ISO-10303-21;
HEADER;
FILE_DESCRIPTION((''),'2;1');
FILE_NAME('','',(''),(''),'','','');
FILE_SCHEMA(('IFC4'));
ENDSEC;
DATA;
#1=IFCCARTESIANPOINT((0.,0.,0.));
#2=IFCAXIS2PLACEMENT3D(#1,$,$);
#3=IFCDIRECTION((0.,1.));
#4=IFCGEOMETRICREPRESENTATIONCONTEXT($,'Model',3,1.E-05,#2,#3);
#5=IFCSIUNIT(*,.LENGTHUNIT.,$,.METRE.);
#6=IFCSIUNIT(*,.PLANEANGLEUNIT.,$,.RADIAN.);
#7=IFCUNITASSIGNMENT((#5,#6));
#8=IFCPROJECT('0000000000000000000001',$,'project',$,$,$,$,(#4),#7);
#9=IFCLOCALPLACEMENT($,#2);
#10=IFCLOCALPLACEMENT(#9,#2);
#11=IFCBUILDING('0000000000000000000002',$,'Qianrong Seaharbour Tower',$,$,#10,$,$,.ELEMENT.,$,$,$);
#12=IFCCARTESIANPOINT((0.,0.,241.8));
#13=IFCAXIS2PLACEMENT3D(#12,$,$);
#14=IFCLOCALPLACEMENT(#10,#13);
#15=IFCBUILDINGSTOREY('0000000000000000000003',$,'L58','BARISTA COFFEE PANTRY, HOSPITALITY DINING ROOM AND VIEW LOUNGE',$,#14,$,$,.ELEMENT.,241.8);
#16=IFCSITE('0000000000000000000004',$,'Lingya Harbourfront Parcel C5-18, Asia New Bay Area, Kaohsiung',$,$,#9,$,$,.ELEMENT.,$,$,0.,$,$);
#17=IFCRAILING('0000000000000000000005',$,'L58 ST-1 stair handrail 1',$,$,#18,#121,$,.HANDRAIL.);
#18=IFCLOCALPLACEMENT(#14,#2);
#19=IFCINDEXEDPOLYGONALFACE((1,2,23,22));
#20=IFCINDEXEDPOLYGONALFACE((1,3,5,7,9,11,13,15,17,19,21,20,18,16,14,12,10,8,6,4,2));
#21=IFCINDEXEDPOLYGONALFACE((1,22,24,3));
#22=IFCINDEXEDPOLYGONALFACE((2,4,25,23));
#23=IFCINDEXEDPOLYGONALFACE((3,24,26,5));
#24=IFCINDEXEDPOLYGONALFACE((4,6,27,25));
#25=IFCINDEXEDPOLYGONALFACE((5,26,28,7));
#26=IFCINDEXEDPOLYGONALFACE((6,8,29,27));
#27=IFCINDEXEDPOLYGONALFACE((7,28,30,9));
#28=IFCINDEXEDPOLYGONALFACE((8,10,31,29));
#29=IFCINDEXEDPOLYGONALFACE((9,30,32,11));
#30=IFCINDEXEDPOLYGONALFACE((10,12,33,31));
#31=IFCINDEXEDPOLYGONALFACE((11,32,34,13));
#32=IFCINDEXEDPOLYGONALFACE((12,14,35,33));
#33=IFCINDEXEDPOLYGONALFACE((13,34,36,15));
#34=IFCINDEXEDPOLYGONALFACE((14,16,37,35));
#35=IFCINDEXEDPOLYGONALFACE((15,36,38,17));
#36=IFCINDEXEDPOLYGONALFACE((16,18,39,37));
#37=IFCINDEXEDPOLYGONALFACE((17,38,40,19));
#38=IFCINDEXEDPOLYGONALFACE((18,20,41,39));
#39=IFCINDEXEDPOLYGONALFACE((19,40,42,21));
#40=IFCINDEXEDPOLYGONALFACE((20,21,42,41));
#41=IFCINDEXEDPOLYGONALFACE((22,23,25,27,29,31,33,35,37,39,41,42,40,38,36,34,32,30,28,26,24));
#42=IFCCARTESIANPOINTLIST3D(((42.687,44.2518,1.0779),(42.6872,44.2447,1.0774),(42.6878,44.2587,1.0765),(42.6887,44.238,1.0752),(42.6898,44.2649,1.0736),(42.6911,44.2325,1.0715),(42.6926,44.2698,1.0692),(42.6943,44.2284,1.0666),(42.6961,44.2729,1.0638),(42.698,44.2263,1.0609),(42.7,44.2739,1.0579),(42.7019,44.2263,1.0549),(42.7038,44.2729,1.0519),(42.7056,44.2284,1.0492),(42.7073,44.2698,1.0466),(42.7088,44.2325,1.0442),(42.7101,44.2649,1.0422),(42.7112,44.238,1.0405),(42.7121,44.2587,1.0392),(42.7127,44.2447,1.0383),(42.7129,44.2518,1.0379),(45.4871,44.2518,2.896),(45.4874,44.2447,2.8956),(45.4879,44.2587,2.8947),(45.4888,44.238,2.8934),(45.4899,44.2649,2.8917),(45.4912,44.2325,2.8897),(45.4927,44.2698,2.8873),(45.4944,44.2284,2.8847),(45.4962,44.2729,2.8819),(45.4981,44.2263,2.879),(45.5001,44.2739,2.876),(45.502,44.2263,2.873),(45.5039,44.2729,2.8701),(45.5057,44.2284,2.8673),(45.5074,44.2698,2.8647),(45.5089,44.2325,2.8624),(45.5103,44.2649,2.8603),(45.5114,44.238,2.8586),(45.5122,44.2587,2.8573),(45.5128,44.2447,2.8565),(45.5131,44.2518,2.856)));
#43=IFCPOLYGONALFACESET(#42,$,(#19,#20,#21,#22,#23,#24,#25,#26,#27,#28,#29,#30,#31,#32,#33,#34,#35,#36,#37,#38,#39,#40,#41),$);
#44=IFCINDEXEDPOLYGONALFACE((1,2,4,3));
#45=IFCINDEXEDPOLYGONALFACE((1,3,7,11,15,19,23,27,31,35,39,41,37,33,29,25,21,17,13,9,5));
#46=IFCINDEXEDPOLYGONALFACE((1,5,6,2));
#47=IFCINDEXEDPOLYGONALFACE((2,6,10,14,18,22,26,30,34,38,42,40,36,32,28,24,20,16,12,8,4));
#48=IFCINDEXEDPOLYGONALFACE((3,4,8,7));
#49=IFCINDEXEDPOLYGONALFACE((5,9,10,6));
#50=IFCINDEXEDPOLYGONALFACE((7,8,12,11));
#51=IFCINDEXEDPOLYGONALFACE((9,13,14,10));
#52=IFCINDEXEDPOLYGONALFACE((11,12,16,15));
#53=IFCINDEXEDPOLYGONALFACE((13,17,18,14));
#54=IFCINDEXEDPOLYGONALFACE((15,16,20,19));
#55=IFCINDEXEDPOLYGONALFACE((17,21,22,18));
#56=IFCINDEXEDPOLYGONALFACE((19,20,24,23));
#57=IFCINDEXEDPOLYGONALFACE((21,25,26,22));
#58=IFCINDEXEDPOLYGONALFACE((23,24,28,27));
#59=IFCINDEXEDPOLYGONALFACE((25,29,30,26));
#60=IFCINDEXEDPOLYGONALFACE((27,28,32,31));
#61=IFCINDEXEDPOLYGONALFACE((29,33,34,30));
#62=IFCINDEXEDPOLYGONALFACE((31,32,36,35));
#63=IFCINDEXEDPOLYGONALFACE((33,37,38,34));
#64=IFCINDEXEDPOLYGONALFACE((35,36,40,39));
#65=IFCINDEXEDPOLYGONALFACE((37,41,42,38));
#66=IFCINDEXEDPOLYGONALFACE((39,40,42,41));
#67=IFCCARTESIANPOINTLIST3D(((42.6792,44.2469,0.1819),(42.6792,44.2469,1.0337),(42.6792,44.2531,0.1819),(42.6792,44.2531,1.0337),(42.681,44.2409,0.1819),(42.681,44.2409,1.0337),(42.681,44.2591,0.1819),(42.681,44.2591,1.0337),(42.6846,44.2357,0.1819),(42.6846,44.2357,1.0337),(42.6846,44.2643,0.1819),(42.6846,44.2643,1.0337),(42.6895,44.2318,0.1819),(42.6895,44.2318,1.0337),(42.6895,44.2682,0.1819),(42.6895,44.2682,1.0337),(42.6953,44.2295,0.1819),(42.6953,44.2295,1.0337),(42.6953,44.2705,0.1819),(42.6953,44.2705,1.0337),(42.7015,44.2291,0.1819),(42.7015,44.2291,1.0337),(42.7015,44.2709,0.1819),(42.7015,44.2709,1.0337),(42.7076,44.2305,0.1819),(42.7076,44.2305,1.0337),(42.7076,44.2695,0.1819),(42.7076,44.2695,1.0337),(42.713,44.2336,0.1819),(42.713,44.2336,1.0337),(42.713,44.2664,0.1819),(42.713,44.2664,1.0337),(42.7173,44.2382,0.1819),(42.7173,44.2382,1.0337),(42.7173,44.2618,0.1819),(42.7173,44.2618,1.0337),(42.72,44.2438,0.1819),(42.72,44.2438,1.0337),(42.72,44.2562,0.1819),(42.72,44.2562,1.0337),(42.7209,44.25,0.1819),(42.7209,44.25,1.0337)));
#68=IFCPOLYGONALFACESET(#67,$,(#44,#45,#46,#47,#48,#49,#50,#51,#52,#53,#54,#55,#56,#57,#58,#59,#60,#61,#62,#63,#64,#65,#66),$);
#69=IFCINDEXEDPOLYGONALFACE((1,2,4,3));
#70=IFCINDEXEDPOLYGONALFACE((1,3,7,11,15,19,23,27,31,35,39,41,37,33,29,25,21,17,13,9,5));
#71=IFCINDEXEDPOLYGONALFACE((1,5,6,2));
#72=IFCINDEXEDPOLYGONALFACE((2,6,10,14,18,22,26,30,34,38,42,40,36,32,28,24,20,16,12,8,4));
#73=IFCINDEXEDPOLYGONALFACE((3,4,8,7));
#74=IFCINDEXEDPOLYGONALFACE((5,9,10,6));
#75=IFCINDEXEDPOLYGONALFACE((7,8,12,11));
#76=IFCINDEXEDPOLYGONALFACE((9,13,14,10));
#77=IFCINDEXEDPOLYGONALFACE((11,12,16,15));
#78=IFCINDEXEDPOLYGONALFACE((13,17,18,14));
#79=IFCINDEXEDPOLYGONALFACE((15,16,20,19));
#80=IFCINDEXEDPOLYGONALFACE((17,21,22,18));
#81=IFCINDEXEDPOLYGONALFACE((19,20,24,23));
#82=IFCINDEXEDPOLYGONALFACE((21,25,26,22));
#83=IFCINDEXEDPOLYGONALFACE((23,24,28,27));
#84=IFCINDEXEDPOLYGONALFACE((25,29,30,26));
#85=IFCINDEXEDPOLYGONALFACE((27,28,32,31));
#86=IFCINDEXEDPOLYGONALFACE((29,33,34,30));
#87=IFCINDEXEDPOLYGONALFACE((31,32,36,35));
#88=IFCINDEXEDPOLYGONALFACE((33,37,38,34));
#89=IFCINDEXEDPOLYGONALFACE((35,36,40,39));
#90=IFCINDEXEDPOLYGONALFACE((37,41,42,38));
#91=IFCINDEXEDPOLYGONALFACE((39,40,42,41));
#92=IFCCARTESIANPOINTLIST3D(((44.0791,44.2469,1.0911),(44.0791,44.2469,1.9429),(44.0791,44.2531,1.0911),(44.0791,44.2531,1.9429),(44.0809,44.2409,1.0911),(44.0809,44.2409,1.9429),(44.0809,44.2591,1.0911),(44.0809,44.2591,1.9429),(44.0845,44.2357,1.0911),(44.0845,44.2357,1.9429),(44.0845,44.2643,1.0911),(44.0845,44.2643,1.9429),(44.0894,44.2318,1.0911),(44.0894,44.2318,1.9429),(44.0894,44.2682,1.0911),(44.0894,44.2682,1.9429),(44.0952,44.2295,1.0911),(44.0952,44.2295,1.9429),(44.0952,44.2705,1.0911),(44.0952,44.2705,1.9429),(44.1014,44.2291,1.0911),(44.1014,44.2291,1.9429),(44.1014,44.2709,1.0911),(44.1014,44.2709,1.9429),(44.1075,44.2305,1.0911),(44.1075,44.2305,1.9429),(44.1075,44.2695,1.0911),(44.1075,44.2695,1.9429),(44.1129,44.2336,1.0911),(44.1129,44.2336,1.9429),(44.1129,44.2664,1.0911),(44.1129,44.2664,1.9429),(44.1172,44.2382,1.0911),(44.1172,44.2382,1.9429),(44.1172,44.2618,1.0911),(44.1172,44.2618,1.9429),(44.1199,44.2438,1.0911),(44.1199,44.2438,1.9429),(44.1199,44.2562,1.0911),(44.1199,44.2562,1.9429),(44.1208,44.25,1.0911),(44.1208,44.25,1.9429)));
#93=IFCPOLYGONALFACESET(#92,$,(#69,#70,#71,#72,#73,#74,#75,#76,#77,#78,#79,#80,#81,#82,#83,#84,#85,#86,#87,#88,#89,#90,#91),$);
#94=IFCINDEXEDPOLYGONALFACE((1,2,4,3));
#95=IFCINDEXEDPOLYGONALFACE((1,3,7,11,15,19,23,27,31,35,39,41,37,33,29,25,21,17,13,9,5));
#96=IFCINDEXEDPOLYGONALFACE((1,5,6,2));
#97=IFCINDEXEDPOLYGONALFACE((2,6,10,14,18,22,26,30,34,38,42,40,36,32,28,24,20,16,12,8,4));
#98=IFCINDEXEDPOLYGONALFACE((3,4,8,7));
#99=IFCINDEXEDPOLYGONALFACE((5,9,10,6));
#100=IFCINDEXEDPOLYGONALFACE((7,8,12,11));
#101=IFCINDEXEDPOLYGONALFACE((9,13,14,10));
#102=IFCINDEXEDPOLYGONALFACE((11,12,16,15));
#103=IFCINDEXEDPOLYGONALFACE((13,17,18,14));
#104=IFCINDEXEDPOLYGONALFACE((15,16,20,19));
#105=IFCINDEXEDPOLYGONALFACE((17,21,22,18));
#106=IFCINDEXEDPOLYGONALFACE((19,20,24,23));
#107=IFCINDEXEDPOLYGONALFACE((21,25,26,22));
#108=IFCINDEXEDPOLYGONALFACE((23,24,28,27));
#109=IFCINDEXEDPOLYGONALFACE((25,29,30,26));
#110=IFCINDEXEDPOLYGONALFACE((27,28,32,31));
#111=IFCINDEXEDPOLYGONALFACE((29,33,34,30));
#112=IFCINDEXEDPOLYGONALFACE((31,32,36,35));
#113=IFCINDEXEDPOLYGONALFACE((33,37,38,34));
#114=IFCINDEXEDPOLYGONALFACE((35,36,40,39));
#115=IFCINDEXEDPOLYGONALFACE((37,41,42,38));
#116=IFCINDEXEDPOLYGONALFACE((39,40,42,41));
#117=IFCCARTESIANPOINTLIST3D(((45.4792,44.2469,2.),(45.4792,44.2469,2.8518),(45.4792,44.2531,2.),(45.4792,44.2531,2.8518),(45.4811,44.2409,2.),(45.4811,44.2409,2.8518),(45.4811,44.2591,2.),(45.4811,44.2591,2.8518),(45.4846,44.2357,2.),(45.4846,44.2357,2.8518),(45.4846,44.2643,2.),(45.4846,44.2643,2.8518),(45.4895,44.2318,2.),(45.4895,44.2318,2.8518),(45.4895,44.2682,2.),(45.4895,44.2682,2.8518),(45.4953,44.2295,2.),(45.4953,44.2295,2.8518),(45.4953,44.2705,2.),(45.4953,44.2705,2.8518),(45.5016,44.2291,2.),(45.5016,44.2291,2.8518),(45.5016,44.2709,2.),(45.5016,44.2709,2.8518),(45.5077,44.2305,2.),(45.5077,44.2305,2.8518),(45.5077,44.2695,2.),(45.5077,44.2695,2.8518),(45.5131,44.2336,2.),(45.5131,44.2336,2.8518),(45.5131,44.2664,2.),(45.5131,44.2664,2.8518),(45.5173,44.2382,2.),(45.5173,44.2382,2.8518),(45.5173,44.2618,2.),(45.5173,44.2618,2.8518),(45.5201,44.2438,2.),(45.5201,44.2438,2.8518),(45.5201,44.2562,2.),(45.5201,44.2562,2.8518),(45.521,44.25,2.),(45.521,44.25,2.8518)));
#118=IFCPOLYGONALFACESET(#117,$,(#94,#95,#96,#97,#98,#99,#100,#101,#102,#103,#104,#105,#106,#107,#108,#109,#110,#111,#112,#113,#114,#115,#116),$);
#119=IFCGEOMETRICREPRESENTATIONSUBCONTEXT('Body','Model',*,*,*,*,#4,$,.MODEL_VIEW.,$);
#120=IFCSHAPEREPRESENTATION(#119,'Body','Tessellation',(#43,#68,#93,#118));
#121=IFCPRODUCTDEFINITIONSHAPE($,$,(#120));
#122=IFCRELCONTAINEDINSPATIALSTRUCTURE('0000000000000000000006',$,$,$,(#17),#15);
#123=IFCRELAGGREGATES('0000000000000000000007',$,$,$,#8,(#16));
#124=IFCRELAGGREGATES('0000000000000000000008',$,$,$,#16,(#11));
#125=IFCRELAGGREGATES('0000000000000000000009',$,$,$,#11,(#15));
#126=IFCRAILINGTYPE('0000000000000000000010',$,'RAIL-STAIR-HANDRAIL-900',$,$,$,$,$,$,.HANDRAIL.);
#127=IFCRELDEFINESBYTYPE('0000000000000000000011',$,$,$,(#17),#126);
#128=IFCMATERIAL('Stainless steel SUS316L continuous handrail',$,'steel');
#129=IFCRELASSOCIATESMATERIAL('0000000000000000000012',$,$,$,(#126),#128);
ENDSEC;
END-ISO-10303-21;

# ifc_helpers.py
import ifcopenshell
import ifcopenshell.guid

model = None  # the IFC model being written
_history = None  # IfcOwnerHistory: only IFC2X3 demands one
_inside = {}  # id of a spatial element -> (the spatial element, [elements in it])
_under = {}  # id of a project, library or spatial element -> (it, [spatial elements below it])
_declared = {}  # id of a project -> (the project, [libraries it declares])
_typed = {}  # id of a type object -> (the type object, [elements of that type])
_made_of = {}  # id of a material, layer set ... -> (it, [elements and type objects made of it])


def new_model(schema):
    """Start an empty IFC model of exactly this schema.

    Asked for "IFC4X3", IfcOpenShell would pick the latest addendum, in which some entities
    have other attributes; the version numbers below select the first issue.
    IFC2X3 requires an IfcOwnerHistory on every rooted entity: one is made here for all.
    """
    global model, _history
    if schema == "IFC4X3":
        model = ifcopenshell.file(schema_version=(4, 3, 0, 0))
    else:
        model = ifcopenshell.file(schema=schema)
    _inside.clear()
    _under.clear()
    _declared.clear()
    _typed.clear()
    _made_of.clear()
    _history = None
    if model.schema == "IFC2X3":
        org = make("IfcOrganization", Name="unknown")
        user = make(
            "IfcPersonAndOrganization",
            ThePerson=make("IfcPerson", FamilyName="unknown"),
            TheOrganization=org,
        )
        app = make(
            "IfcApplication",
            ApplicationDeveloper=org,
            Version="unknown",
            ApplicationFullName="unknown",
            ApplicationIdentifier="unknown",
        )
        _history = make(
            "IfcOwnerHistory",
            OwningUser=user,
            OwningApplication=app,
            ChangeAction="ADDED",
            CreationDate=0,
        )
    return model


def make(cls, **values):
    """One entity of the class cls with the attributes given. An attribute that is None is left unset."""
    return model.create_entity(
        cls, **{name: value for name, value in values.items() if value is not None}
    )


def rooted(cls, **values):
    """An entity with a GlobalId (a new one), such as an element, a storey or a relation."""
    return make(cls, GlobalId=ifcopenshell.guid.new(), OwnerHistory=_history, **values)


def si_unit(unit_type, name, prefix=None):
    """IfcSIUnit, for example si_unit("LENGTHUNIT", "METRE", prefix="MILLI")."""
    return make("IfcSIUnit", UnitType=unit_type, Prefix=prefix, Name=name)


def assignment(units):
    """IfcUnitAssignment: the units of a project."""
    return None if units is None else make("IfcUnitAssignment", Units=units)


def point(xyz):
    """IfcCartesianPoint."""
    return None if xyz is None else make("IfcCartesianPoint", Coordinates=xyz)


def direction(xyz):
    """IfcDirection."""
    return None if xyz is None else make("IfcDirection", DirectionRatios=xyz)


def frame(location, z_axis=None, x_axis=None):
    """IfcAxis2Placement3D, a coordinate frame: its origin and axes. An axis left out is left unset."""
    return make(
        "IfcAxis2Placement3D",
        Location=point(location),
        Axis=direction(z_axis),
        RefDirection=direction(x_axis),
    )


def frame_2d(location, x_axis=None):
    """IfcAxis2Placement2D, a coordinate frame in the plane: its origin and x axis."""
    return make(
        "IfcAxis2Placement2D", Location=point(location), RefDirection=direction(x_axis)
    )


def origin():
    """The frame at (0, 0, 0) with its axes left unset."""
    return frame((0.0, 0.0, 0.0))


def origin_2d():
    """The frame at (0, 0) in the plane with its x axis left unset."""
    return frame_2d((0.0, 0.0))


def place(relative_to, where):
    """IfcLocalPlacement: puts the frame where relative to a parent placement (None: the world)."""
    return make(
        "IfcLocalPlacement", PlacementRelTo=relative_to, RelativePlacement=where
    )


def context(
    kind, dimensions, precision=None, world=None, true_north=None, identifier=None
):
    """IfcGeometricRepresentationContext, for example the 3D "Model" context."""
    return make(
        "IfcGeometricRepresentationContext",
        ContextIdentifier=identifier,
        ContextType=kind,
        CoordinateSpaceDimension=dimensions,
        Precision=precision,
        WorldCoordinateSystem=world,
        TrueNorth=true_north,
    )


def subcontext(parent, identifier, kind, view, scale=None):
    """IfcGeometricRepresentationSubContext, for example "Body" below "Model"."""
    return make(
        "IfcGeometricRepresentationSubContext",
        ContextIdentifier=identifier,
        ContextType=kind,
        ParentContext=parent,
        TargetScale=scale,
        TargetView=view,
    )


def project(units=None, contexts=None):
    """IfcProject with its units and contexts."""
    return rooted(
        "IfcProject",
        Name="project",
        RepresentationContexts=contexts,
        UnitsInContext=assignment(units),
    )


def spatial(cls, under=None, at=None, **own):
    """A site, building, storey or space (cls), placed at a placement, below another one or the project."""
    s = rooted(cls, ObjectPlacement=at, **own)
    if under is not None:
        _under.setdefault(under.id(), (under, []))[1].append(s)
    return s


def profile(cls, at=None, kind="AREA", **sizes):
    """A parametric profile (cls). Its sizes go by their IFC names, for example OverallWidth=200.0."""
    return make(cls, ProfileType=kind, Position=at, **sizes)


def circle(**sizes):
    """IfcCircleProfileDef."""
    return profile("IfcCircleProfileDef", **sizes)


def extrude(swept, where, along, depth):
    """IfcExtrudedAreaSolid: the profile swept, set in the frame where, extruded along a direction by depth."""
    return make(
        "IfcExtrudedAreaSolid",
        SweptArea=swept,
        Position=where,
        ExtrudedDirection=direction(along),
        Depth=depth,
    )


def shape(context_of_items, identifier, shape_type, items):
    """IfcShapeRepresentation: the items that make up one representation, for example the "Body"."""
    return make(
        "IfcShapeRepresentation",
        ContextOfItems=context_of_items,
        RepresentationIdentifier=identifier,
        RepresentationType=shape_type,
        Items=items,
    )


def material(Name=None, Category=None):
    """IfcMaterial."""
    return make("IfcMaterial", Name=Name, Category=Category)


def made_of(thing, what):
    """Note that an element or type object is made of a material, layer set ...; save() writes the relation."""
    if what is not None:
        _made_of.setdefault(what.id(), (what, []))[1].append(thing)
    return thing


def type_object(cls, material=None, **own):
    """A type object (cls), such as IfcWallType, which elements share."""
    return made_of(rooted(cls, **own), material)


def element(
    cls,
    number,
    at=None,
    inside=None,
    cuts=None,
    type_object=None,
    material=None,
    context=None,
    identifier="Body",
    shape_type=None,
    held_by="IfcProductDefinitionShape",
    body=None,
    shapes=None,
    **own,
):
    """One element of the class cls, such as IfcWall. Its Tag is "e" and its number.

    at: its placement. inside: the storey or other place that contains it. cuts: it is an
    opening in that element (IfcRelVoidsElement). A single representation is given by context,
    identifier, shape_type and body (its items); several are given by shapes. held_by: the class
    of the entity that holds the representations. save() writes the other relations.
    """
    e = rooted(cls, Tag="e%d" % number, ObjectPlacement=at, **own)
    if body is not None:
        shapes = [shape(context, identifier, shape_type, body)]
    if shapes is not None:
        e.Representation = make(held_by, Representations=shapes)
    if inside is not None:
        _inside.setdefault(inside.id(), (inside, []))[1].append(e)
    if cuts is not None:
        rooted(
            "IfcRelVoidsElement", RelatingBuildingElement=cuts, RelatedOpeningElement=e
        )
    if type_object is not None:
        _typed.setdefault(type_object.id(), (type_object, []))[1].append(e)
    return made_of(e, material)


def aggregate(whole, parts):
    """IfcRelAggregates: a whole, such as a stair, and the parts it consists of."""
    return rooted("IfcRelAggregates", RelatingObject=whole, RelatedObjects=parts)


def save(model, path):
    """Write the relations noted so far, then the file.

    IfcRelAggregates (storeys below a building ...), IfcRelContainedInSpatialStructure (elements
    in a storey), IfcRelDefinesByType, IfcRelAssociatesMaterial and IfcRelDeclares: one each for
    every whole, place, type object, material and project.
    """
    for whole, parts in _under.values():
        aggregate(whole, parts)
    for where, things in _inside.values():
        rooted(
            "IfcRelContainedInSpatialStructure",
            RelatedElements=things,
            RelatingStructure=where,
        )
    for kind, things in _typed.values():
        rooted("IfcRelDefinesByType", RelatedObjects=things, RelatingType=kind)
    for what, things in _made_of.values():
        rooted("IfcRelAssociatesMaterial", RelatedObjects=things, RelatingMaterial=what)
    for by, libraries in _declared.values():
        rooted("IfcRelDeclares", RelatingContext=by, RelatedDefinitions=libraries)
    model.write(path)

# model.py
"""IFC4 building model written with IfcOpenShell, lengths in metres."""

from ifc_helpers import new_model, si_unit, direction, frame, origin, origin_2d, place, context, subcontext, project, spatial, circle, extrude, material, type_object, element, save


model = new_model("IFC4")

# Units and contexts
model_context = context("Model", 3, precision=1e-05, world=origin(), true_north=direction((0.0, 1.0)))
body_context = subcontext(model_context, "Body", "Model", "MODEL_VIEW")
ifc_project = project(units=[si_unit("LENGTHUNIT", "METRE"), si_unit("PLANEANGLEUNIT", "RADIAN")], contexts=[model_context])

# Site, building, storey
site_placement = place(None, origin())
site = spatial("IfcSite", under=ifc_project, at=site_placement, Name="Lingya Harbourfront Parcel C5-18, Asia New Bay Area, Kaohsiung", CompositionType="ELEMENT", RefElevation=0.0)
building_placement = place(site_placement, origin())
building = spatial("IfcBuilding", under=site, at=building_placement, Name="Qianrong Seaharbour Tower", CompositionType="ELEMENT")
storey_placement = place(building_placement, frame((0.0, 0.0, 241.8)))
storey = spatial("IfcBuildingStorey", under=building, at=storey_placement, Name="L58", Description="BARISTA COFFEE PANTRY, HOSPITALITY DINING ROOM AND VIEW LOUNGE", CompositionType="ELEMENT", Elevation=241.8)

# Railing
ifc_material_1 = material(Name="Stainless steel SUS316L continuous handrail", Category="steel")
railing_type_1 = type_object("IfcRailingType", Name="RAIL-STAIR-HANDRAIL-900", PredefinedType="HANDRAIL", material=ifc_material_1)
railing_1_placement = place(storey_placement, frame((42.7, 44.25, 0.1819)))
element("IfcRailing", 1, at=railing_1_placement, inside=storey, type_object=railing_type_1, Name="L58 ST-1 stair handrail 1", PredefinedType="HANDRAIL", context=body_context, shape_type="SweptSolid", body=[
    extrude(circle(Radius=0.0239, at=origin_2d()), frame((0.0, 0.0, 0.876), z_axis=(0.838706, 0.0, 0.544585), x_axis=(0.0, 1.0, 0.0)), (0.0, 0.0, 1.0), 3.3386),
    extrude(circle(Radius=0.021, at=origin_2d()), origin(), (0.0, 0.0, 1.0), 0.8518),
    extrude(circle(Radius=0.021, at=origin_2d()), frame((1.3999, 0.0, 0.9092)), (0.0, 0.0, 1.0), 0.8518),
    extrude(circle(Radius=0.021, at=origin_2d()), frame((2.8, 0.0, 1.8181)), (0.0, 0.0, 1.0), 0.8518),
])

save(model, "model.ifc")
